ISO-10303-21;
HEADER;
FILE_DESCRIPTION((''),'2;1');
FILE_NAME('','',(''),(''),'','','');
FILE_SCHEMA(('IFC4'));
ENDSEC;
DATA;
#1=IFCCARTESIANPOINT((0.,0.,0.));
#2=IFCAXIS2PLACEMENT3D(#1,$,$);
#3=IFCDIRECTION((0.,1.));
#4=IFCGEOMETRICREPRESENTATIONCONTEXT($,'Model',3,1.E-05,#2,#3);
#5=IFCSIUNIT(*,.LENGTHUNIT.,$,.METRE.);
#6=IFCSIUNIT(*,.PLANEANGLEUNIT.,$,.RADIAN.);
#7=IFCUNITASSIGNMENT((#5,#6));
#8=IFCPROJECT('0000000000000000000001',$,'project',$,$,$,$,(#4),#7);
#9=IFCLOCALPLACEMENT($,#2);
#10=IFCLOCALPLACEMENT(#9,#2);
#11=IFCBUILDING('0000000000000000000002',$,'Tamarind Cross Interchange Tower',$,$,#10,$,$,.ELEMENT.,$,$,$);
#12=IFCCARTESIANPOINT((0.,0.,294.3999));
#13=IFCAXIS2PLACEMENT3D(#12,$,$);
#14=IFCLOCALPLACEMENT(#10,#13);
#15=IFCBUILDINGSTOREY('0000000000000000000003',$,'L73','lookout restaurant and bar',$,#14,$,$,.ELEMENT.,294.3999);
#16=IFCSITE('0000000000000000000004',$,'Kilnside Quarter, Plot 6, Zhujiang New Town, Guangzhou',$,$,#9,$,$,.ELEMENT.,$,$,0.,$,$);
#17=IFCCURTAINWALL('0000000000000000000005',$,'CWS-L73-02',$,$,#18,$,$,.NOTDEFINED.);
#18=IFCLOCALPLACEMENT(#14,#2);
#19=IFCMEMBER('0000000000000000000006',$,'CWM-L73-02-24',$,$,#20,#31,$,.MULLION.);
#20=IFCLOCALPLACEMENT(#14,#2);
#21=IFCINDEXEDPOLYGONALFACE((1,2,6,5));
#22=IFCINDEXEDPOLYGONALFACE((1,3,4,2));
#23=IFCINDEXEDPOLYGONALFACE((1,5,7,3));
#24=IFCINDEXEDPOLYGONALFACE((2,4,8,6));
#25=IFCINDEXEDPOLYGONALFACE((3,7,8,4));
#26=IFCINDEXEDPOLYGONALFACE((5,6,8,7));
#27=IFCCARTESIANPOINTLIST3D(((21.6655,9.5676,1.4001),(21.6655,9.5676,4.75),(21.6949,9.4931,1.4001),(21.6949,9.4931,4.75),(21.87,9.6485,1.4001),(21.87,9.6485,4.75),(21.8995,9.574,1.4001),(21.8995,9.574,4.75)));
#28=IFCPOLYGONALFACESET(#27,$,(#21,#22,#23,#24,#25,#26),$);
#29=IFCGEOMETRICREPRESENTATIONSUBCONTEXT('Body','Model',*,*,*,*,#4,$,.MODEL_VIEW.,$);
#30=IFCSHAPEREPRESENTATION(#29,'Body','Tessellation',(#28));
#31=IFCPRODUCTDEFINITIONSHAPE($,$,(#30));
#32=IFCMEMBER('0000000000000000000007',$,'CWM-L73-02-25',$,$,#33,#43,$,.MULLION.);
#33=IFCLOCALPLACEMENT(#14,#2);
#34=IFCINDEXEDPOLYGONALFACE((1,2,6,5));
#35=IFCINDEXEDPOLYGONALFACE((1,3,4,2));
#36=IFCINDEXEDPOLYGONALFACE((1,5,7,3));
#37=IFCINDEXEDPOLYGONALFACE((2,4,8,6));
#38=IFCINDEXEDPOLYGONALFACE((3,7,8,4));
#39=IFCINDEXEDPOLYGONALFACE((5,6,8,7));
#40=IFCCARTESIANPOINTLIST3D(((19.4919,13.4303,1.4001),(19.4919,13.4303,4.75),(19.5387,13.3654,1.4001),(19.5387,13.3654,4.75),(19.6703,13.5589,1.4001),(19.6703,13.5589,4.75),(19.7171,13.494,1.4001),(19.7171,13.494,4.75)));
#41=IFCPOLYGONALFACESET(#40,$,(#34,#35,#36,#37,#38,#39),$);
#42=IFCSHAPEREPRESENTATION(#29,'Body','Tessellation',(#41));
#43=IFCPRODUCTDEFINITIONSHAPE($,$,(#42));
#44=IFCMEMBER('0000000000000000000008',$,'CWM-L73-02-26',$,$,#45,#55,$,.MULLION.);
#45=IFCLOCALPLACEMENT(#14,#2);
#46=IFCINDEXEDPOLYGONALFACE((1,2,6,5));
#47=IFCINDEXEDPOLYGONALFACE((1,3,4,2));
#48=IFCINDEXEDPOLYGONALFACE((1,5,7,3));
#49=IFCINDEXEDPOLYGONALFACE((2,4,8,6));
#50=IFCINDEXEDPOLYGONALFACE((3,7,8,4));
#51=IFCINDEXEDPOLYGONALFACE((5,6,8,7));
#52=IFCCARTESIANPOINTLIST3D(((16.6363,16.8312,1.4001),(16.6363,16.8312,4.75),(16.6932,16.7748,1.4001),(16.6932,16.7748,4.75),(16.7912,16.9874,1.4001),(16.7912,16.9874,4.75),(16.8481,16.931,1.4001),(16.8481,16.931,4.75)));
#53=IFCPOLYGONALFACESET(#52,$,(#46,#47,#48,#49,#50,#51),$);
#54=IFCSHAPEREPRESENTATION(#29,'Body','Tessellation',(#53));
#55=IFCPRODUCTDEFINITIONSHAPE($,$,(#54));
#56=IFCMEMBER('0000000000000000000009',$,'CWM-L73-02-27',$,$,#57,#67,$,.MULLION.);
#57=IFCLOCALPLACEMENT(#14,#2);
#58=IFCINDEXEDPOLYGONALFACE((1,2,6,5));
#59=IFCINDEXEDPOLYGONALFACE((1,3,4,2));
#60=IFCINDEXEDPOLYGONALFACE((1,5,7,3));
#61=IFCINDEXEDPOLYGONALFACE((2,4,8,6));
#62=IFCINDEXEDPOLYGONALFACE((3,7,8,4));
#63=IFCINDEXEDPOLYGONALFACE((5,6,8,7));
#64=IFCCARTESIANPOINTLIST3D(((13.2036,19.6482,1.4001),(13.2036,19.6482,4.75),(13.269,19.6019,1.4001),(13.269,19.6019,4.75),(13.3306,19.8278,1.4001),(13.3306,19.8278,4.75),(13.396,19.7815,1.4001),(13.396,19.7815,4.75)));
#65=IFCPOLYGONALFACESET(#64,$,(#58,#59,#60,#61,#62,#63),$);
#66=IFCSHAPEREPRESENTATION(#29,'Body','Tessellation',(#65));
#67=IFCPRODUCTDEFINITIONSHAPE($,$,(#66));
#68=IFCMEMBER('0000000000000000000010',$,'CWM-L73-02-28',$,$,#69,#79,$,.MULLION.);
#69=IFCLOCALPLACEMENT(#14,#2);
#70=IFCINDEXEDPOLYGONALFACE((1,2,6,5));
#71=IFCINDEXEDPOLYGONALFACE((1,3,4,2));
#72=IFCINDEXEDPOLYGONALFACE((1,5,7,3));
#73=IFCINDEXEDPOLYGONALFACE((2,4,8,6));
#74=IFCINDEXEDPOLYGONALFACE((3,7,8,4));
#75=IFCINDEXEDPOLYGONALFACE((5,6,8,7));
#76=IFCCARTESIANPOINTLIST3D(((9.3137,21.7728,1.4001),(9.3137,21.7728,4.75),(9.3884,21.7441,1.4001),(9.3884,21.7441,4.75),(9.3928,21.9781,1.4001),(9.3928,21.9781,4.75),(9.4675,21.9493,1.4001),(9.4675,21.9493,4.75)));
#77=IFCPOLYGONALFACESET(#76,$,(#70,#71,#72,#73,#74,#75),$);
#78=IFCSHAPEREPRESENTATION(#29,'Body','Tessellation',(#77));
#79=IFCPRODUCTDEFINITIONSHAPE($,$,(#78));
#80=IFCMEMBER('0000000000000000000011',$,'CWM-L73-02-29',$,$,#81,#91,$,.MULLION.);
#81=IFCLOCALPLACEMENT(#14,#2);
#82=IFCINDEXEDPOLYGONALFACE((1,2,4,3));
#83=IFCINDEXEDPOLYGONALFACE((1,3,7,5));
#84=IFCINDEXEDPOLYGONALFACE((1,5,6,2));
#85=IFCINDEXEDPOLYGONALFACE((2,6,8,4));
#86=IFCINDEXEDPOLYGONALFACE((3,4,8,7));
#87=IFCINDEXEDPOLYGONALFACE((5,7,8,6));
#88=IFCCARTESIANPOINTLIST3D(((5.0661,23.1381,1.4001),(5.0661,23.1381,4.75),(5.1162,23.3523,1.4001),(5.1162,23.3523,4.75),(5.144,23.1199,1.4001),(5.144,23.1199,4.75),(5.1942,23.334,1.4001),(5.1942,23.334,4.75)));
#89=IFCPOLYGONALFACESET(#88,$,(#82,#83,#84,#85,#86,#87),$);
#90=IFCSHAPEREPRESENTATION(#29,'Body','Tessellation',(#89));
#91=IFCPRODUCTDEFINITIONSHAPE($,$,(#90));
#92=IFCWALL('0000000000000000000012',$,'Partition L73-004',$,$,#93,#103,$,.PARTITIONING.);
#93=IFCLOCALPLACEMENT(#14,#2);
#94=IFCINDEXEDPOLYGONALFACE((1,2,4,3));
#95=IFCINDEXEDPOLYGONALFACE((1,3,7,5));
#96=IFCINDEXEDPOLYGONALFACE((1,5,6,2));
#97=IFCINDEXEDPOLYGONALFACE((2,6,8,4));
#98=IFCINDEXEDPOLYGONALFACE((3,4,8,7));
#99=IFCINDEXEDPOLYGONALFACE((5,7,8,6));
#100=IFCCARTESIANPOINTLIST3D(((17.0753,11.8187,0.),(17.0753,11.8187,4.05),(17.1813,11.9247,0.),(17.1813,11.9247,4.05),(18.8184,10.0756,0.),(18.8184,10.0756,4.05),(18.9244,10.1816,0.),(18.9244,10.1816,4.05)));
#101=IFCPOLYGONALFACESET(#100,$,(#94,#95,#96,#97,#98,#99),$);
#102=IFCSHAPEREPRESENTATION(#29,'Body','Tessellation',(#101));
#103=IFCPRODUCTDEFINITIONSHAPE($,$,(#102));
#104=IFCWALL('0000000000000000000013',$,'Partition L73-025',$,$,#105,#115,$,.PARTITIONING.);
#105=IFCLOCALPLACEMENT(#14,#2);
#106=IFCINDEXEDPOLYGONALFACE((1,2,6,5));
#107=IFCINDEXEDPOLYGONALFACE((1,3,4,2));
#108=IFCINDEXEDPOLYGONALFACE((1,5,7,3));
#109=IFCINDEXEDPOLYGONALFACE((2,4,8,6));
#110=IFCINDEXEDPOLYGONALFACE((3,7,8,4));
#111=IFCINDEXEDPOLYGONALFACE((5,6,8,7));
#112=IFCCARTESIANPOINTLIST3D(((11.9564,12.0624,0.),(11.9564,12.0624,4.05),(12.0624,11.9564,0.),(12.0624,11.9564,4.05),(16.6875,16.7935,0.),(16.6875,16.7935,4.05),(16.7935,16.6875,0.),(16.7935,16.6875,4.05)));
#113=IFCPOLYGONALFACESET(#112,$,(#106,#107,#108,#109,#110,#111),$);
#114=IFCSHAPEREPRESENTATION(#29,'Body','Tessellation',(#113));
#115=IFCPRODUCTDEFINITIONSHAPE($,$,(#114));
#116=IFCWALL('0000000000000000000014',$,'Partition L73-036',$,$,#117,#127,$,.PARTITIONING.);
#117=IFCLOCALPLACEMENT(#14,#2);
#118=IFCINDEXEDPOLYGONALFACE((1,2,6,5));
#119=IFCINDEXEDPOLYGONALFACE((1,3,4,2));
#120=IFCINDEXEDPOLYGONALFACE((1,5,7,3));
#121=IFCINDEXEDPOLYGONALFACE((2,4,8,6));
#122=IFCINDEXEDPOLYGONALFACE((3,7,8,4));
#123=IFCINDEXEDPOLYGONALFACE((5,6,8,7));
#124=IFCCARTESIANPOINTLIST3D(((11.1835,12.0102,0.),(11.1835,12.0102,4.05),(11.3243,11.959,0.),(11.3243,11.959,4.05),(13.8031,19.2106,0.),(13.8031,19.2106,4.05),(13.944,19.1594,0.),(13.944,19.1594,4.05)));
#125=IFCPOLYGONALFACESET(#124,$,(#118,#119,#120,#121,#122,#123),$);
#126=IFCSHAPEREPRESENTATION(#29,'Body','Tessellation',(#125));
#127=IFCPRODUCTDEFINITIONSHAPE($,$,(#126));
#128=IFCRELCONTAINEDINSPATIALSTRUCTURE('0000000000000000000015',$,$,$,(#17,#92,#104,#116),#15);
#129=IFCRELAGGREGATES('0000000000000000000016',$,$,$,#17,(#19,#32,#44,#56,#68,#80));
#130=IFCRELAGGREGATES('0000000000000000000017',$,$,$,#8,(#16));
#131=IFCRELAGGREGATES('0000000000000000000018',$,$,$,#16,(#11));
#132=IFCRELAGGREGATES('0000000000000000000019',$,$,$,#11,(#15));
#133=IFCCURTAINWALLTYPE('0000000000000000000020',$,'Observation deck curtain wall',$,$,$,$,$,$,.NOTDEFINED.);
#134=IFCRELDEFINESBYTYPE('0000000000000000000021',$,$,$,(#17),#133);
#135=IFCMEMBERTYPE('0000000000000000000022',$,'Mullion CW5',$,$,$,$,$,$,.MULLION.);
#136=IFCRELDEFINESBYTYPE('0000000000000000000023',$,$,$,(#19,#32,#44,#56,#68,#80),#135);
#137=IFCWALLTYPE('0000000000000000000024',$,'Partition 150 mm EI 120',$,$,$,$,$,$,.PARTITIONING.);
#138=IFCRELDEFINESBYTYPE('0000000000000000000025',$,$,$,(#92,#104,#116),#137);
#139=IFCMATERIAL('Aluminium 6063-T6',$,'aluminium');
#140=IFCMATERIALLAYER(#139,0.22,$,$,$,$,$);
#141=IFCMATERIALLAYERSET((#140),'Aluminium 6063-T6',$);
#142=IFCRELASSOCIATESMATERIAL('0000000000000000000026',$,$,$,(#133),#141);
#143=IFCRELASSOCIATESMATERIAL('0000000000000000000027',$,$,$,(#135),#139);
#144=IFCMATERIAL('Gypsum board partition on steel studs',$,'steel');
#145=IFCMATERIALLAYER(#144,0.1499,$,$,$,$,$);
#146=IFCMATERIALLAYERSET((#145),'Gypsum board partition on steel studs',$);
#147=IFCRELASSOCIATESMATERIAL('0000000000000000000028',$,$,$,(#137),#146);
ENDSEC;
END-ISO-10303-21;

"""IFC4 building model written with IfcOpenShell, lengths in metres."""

from ifc_helpers import new_model, si_unit, direction, frame, frame_2d, origin, origin_2d, place, context, subcontext, project, spatial, rectangle, extrude, material, layer, layer_set, material_profile, profile_set, type_object, element, aggregate, save


model = new_model("IFC4")

# Units and contexts
model_context = context("Model", 3, precision=1e-05, world=origin(), true_north=direction((0.0, 1.0)))
body_context = subcontext(model_context, "Body", "Model", "MODEL_VIEW")
ifc_project = project(units=[si_unit("LENGTHUNIT", "METRE"), si_unit("PLANEANGLEUNIT", "RADIAN")], contexts=[model_context])

# Site, building, storey
site_placement = place(None, origin())
site = spatial("IfcSite", under=ifc_project, at=site_placement, Name="Kilnside Quarter, Plot 6, Zhujiang New Town, Guangzhou", CompositionType="ELEMENT", RefElevation=0.0)
building_placement = place(site_placement, origin())
building = spatial("IfcBuilding", under=site, at=building_placement, Name="Tamarind Cross Interchange Tower", CompositionType="ELEMENT")
storey_placement = place(building_placement, frame((0.0, 0.0, 294.3999)))
storey = spatial("IfcBuildingStorey", under=building, at=storey_placement, Name="L73", Description="lookout restaurant and bar", CompositionType="ELEMENT", Elevation=294.3999)

# Curtain wall, members
ifc_material_1 = material(Name="Aluminium 6063-T6", Category="aluminium")
ifc_layer_1 = layer(ifc_material_1, 0.22)
ifc_layer_set_1 = layer_set([ifc_layer_1], Name="Aluminium 6063-T6")
curtain_wall_type = type_object("IfcCurtainWallType", Name="Observation deck curtain wall", PredefinedType="NOTDEFINED", material=ifc_layer_set_1)
curtain_wall_placement = place(storey_placement, origin())
curtain_wall = element("IfcCurtainWall", 1, at=curtain_wall_placement, inside=storey, type_object=curtain_wall_type, Name="CWS-L73-02", PredefinedType="NOTDEFINED")
ifc_material_profile_1 = material_profile(ifc_material_1, rectangle(XDim=0.0801, YDim=0.22, at=origin_2d()), Name="Mullion CW5")
ifc_profile_set_1 = profile_set([ifc_material_profile_1], Name="Aluminium 6063-T6")
member_type = type_object("IfcMemberType", Name="Mullion CW5", PredefinedType="MULLION", material=ifc_profile_set_1)
member_1_placement = place(storey_placement, frame((21.7825, 9.5708, 1.4001), z_axis=(0.0, 0.0, 1.0), x_axis=(-0.367514, 0.930018, 0.0)))
member_1 = element("IfcMember", 2, at=member_1_placement, type_object=member_type, Name="CWM-L73-02-24", PredefinedType="MULLION", context=body_context, shape_type="SweptSolid", body=[
    extrude(rectangle(XDim=0.0801, YDim=0.22, at=origin_2d()), origin(), (0.0, 0.0, 1.0), 3.3499),
])
member_2_placement = place(storey_placement, frame((19.6045, 13.4622, 1.4001), z_axis=(0.0, 0.0, 1.0), x_axis=(-0.584574, 0.81134, 0.0)))
member_2 = element("IfcMember", 3, at=member_2_placement, type_object=member_type, Name="CWM-L73-02-25", PredefinedType="MULLION", context=body_context, shape_type="SweptSolid", body=[
    extrude(rectangle(XDim=0.0801, YDim=0.22, at=origin_2d()), origin(), (0.0, 0.0, 1.0), 3.3499),
])
member_3_placement = place(storey_placement, frame((16.7422, 16.8811, 1.4001), z_axis=(0.0, 0.0, 1.0), x_axis=(-0.710143, 0.704057, 0.0)))
member_3 = element("IfcMember", 4, at=member_3_placement, type_object=member_type, Name="CWM-L73-02-26", PredefinedType="MULLION", context=body_context, shape_type="SweptSolid", body=[
    extrude(rectangle(XDim=0.0801, YDim=0.22, at=origin_2d()), origin(), (0.0, 0.0, 1.0), 3.3499),
])
member_4_placement = place(storey_placement, frame((13.2998, 19.7148, 1.4001), z_axis=(0.0, 0.0, 1.0), x_axis=(-0.816342, 0.577569, 0.0)))
member_4 = element("IfcMember", 5, at=member_4_placement, type_object=member_type, Name="CWM-L73-02-27", PredefinedType="MULLION", context=body_context, shape_type="SweptSolid", body=[
    extrude(rectangle(XDim=0.0801, YDim=0.22, at=origin_2d()), origin(), (0.0, 0.0, 1.0), 3.3499),
])
member_5_placement = place(storey_placement, frame((9.3906, 21.8611, 1.4001), z_axis=(0.0, 0.0, 1.0), x_axis=(-0.933147, 0.359495, 0.0)))
member_5 = element("IfcMember", 6, at=member_5_placement, type_object=member_type, Name="CWM-L73-02-28", PredefinedType="MULLION", context=body_context, shape_type="SweptSolid", body=[
    extrude(rectangle(XDim=0.0801, YDim=0.22, at=origin_2d()), origin(), (0.0, 0.0, 1.0), 3.3499),
])
member_6_placement = place(storey_placement, frame((5.1301, 23.2361, 1.4001), z_axis=(0.0, 0.0, 1.0), x_axis=(-0.973672, 0.227955, 0.0)))
member_6 = element("IfcMember", 7, at=member_6_placement, type_object=member_type, Name="CWM-L73-02-29", PredefinedType="MULLION", context=body_context, shape_type="SweptSolid", body=[
    extrude(rectangle(XDim=0.0801, YDim=0.22, at=origin_2d()), origin(), (0.0, 0.0, 1.0), 3.3499),
])
aggregate(curtain_wall, [member_1, member_2, member_3, member_4, member_5, member_6])

# Walls
ifc_material_2 = material(Name="Gypsum board partition on steel studs", Category="steel")
ifc_layer_2 = layer(ifc_material_2, 0.1499)
ifc_layer_set_2 = layer_set([ifc_layer_2], Name="Gypsum board partition on steel studs")
wall_type = type_object("IfcWallType", Name="Partition 150 mm EI 120", PredefinedType="PARTITIONING", material=ifc_layer_set_2)
wall_1_placement = place(storey_placement, frame((17.1284, 11.8716, 0.0), z_axis=(0.0, 0.0, 1.0), x_axis=(0.707107, -0.707107, 0.0)))
element("IfcWall", 8, at=wall_1_placement, inside=storey, type_object=wall_type, Name="Partition L73-004", PredefinedType="PARTITIONING", context=body_context, shape_type="SweptSolid", body=[
    extrude(rectangle(XDim=2.4651, YDim=0.1499, at=frame_2d((1.2324, 0.0))), origin(), (0.0, 0.0, 1.0), 4.05),
])
wall_2_placement = place(storey_placement, frame((12.0095, 12.0095, 0.0), z_axis=(0.0, 0.0, 1.0), x_axis=(0.707107, 0.707107, 0.0)))
element("IfcWall", 9, at=wall_2_placement, inside=storey, type_object=wall_type, Name="Partition L73-025", PredefinedType="PARTITIONING", context=body_context, shape_type="SweptSolid", body=[
    extrude(rectangle(XDim=6.6907, YDim=0.1499, at=frame_2d((3.3452, 0.0))), origin(), (0.0, 0.0, 1.0), 4.05),
])
wall_3_placement = place(storey_placement, frame((11.2539, 11.9846, 0.0), z_axis=(0.0, 0.0, 1.0), x_axis=(0.341891, 0.939739, 0.0)))
element("IfcWall", 10, at=wall_3_placement, inside=storey, type_object=wall_type, Name="Partition L73-036", PredefinedType="PARTITIONING", context=body_context, shape_type="SweptSolid", body=[
    extrude(rectangle(XDim=7.6621, YDim=0.1499, at=frame_2d((3.8311, 0.0))), origin(), (0.0, 0.0, 1.0), 4.05),
])

save(model, "model.ifc")
